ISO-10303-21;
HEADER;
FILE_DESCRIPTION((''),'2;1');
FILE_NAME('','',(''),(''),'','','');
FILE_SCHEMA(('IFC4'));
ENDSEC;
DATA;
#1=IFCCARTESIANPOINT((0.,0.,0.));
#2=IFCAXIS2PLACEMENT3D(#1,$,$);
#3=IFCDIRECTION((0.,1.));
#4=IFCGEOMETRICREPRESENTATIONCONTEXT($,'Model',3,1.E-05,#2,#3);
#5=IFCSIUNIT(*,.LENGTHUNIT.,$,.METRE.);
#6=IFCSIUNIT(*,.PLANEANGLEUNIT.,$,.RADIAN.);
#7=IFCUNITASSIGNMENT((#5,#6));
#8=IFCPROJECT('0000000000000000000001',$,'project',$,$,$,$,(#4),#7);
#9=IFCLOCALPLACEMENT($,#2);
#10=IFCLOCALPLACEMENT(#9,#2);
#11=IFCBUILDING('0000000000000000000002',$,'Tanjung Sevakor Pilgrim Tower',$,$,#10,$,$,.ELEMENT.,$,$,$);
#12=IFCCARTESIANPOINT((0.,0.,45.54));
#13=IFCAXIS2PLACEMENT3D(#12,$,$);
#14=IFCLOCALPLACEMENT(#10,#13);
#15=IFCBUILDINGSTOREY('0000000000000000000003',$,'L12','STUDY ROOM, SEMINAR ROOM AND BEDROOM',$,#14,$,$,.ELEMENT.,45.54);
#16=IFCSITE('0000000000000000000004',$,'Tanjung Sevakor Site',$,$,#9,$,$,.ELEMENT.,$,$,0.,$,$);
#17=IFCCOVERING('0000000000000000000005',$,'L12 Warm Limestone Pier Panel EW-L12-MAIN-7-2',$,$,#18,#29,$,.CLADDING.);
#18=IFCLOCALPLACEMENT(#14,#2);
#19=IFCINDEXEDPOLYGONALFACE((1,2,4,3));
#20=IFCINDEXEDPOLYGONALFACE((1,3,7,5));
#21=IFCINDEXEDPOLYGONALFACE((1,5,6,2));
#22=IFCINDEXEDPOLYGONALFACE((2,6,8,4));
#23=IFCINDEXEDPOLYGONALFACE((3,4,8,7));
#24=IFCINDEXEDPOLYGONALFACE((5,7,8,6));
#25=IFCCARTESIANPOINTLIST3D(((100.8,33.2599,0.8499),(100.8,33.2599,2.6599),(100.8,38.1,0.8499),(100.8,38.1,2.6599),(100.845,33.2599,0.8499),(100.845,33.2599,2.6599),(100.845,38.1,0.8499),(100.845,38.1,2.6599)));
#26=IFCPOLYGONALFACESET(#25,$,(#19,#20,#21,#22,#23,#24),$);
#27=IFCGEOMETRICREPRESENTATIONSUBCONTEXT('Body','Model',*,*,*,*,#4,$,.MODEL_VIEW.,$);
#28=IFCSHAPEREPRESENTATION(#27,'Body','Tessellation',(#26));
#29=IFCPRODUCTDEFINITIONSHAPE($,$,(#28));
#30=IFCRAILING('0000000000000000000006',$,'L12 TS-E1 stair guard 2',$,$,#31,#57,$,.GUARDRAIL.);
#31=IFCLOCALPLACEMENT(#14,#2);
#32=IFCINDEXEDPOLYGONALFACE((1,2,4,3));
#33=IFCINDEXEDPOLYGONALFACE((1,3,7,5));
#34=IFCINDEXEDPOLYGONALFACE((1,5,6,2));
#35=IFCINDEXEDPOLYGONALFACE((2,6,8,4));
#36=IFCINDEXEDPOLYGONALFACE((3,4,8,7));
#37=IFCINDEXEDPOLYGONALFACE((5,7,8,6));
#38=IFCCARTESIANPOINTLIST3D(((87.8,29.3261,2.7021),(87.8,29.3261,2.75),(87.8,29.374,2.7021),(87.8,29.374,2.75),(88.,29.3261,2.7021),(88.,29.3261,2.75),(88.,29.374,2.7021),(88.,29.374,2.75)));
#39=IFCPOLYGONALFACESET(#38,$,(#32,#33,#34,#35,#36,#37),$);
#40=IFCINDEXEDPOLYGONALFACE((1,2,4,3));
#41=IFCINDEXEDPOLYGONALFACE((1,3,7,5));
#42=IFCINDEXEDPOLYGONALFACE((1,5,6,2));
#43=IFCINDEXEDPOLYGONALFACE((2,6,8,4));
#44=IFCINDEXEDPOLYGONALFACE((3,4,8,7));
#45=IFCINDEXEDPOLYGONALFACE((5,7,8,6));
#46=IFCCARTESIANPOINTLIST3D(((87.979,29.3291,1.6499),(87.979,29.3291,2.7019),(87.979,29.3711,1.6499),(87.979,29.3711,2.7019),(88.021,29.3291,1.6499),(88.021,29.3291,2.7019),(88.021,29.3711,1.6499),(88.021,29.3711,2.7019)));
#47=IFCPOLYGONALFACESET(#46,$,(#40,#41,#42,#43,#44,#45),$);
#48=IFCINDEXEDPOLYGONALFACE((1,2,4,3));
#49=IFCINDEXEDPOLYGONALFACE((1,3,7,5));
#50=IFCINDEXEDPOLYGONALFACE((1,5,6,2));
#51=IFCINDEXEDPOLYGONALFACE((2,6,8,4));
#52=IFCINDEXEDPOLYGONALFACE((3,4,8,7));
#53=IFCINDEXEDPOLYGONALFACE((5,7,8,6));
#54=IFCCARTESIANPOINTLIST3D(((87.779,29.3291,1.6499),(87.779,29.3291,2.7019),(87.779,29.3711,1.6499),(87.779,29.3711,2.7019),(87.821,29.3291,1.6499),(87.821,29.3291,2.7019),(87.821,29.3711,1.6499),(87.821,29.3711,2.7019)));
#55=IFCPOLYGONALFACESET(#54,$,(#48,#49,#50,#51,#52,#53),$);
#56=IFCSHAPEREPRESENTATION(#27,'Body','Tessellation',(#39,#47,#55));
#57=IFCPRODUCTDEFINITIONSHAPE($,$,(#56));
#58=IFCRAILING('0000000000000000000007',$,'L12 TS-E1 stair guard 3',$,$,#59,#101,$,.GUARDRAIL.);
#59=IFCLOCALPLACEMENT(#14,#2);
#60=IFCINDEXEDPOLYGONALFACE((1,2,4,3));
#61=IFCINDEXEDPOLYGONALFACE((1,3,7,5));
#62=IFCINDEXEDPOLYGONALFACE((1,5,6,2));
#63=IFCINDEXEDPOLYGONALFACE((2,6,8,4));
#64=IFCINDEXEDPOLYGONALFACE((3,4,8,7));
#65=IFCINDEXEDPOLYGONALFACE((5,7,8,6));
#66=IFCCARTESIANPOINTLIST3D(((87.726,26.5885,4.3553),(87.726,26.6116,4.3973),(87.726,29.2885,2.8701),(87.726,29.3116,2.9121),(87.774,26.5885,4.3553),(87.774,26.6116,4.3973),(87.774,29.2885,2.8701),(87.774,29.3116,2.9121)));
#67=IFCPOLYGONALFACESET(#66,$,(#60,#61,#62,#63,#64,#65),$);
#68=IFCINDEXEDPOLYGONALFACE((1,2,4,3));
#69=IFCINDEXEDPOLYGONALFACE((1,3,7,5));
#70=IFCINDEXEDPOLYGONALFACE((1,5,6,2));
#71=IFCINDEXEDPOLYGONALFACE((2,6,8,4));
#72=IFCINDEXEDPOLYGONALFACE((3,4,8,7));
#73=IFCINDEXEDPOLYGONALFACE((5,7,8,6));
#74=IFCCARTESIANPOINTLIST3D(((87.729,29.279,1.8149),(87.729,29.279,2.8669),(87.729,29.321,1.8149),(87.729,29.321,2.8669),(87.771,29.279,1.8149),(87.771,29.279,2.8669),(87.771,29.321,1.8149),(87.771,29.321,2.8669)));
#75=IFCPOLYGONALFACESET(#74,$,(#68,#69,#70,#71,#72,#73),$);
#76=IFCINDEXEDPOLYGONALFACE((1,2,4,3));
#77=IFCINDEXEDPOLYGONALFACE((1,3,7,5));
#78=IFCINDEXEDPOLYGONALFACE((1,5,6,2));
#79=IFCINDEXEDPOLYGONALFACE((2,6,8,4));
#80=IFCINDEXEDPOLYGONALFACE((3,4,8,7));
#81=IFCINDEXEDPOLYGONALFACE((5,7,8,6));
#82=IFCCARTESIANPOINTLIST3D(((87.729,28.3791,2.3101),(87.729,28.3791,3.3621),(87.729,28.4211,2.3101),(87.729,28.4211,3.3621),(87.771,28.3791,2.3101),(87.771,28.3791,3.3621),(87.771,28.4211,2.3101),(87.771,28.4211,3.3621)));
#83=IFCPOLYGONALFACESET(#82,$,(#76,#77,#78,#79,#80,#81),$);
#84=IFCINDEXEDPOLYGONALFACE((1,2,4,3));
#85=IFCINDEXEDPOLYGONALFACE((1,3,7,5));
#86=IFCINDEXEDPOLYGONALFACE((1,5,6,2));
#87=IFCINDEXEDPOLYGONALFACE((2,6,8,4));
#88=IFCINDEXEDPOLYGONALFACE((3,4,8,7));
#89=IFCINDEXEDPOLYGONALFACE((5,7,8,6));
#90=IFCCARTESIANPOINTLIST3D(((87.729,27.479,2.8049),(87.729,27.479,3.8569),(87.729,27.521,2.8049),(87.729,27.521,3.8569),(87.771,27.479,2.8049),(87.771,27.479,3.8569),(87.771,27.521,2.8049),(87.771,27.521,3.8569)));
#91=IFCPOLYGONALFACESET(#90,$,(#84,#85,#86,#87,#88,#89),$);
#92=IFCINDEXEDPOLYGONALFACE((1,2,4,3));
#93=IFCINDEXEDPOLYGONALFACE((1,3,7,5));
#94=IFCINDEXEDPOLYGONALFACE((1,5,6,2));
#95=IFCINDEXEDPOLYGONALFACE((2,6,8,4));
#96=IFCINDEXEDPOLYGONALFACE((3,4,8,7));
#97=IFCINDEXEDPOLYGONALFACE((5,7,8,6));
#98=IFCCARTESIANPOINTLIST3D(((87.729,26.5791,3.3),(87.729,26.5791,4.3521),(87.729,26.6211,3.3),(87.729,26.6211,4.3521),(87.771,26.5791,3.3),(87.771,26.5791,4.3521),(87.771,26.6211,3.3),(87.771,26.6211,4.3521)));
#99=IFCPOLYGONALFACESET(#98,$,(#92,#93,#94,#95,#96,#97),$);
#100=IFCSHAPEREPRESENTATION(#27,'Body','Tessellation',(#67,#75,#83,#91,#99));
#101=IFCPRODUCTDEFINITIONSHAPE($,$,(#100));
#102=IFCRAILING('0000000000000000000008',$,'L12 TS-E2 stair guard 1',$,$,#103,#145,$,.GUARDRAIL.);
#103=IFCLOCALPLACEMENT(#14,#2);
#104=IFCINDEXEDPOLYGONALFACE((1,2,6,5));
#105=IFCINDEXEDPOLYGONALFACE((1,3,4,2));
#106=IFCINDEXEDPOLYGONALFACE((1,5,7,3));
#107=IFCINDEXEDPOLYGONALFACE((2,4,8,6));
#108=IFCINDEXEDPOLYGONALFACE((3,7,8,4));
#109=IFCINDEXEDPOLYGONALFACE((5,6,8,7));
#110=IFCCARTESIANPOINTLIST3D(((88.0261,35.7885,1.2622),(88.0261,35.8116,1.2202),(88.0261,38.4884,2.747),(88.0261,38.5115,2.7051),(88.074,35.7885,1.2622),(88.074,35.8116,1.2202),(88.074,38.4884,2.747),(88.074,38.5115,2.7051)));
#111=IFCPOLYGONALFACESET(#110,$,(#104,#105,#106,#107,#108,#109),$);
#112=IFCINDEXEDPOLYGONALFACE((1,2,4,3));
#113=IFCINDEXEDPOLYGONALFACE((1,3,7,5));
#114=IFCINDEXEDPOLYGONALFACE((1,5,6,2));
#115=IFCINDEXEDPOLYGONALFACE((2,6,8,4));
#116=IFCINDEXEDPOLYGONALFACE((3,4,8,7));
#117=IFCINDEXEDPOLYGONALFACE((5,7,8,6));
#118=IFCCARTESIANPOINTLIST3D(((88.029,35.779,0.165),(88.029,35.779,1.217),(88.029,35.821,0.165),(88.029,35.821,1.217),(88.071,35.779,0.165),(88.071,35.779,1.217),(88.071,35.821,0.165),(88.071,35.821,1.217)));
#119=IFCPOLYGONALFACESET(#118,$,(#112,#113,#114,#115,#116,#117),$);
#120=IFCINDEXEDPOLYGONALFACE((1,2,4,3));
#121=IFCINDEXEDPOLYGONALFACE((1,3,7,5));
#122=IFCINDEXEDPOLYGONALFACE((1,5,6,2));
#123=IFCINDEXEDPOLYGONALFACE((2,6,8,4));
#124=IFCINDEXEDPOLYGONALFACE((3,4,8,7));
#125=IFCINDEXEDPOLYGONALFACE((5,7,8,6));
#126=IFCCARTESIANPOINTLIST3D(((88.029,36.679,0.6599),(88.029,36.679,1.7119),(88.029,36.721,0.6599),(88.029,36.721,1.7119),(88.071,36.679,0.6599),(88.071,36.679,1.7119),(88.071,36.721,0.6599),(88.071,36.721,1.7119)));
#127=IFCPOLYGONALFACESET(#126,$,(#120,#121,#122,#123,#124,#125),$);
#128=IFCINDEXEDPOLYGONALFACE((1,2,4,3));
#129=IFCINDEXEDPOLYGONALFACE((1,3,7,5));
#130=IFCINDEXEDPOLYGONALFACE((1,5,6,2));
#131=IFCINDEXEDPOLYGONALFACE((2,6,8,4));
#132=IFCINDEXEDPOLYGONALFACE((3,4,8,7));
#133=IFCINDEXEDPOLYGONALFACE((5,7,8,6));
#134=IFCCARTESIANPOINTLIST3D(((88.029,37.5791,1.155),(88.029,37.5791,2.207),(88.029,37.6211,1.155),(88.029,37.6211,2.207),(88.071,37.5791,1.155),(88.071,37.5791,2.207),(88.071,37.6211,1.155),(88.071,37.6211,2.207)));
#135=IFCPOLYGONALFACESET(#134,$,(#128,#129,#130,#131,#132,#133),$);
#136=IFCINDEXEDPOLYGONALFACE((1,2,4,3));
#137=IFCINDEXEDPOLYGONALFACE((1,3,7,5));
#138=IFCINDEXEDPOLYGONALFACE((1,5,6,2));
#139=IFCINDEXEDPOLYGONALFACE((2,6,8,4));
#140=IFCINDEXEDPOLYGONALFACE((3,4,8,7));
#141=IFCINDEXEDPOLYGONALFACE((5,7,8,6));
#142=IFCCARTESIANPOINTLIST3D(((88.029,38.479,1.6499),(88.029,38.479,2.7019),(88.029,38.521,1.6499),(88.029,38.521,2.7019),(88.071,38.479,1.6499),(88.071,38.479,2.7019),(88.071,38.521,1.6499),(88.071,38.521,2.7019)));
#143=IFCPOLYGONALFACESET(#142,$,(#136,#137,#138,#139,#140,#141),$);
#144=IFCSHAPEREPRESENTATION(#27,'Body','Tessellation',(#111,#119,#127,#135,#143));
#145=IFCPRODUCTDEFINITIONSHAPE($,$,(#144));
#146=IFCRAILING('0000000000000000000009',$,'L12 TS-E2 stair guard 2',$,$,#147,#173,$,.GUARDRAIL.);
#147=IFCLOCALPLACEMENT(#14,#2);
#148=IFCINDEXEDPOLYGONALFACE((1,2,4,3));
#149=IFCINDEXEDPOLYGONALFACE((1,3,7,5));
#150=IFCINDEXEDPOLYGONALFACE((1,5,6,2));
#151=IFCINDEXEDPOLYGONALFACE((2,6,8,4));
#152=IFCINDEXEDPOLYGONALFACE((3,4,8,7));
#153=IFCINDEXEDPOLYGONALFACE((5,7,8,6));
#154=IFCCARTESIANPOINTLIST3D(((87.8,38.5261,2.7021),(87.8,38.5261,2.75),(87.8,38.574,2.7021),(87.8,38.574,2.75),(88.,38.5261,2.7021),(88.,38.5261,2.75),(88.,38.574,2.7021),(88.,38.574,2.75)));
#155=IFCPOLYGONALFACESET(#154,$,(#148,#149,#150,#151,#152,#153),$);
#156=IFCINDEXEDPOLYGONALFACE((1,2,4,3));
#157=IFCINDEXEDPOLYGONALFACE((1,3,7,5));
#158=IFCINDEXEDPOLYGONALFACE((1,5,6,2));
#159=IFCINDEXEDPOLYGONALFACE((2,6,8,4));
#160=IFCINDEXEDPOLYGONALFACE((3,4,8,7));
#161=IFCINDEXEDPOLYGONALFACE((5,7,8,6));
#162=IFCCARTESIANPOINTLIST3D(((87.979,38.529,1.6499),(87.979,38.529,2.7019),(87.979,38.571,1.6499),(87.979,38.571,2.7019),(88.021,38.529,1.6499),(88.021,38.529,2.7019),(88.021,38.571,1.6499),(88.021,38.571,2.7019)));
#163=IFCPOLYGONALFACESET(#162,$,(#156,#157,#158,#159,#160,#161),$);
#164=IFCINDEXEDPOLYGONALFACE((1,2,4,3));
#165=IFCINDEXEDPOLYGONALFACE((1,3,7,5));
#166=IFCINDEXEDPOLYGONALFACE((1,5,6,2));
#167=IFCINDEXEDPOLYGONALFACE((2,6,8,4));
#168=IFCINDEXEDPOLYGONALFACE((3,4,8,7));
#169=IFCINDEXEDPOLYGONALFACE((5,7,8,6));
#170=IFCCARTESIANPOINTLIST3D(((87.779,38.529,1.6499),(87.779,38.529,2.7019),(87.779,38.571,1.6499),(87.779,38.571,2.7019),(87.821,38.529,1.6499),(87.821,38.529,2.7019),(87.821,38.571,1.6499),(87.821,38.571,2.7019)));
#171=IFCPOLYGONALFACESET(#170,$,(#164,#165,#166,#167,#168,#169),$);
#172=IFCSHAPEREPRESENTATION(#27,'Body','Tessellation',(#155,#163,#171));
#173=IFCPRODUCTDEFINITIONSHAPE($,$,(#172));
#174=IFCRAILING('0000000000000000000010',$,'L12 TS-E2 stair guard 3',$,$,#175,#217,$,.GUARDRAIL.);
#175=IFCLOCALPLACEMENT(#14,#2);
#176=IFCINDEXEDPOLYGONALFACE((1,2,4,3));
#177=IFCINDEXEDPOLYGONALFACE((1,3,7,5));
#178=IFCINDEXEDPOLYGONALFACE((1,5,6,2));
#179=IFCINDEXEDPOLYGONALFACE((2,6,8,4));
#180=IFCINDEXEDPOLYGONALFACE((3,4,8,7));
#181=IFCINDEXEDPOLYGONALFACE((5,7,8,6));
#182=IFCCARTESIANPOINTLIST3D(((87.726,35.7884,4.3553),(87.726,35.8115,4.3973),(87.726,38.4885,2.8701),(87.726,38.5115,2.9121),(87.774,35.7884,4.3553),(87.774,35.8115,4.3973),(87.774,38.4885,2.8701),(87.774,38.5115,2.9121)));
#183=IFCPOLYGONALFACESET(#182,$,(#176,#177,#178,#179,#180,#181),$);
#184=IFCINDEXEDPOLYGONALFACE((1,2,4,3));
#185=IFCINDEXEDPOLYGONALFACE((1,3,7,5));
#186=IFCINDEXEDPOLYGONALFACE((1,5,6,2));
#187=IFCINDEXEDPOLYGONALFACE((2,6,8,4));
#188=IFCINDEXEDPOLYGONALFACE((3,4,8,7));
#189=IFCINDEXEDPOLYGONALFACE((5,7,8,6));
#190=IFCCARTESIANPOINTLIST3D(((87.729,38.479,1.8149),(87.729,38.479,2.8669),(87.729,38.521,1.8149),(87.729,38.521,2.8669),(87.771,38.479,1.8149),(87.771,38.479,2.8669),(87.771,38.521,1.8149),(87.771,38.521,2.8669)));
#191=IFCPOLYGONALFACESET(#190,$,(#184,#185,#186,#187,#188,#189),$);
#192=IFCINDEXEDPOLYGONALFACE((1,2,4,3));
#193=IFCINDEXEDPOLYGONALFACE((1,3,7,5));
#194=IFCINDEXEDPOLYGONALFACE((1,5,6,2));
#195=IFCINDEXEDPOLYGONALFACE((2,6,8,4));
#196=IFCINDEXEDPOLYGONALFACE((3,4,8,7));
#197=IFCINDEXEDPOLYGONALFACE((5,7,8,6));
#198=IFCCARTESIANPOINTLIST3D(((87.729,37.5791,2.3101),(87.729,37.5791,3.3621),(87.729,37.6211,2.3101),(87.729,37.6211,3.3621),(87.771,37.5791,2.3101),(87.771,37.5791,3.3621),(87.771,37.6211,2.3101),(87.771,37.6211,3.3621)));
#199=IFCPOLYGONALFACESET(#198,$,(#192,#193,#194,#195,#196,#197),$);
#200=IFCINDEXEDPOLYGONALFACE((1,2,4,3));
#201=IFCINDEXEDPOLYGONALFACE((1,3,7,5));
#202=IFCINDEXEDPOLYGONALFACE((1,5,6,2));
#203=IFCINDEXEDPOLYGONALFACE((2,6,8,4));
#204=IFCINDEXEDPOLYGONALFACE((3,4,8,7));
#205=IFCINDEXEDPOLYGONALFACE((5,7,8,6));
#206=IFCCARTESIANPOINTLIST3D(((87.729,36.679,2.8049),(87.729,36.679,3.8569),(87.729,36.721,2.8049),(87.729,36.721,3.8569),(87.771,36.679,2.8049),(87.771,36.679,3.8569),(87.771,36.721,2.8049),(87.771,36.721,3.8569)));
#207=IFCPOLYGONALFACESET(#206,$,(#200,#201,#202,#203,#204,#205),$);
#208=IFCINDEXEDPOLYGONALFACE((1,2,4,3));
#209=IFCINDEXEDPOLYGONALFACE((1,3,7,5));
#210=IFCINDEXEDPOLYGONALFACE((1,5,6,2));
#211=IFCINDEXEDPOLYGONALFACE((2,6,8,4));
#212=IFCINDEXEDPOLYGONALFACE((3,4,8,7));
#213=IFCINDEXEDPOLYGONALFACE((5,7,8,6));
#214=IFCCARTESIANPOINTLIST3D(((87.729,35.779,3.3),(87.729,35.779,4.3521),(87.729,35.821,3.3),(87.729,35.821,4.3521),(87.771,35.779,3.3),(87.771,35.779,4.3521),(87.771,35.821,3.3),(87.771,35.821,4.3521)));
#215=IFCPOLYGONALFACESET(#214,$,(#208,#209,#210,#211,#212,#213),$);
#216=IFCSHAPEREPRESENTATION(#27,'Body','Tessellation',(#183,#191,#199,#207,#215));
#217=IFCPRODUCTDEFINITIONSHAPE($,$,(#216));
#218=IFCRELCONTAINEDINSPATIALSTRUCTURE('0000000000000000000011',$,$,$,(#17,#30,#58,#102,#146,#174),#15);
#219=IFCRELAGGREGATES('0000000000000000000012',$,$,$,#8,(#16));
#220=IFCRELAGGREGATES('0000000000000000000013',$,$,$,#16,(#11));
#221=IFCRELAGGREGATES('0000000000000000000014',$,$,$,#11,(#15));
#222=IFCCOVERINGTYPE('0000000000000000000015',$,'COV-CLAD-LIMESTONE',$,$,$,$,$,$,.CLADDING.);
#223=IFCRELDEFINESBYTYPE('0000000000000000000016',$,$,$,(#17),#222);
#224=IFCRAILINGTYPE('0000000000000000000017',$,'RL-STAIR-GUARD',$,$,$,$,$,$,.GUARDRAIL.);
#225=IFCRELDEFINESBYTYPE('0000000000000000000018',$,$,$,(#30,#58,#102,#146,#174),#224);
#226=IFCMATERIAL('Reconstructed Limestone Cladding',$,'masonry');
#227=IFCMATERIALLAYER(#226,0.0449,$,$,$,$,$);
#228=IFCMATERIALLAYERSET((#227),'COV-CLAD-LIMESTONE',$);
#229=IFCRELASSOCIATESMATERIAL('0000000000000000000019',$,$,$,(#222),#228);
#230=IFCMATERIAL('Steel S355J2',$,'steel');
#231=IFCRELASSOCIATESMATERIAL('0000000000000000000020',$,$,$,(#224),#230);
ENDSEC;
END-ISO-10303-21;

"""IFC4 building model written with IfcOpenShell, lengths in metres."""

from ifc_helpers import new_model, si_unit, direction, frame, origin, origin_2d, place, context, subcontext, project, spatial, rectangle, extrude, material, layer, layer_set, type_object, element, save


model = new_model("IFC4")

# Units and contexts
model_context = context("Model", 3, precision=1e-05, world=origin(), true_north=direction((0.0, 1.0)))
body_context = subcontext(model_context, "Body", "Model", "MODEL_VIEW")
ifc_project = project(units=[si_unit("LENGTHUNIT", "METRE"), si_unit("PLANEANGLEUNIT", "RADIAN")], contexts=[model_context])

# Site, building, storey
site_placement = place(None, origin())
site = spatial("IfcSite", under=ifc_project, at=site_placement, Name="Tanjung Sevakor Site", CompositionType="ELEMENT", RefElevation=0.0)
building_placement = place(site_placement, origin())
building = spatial("IfcBuilding", under=site, at=building_placement, Name="Tanjung Sevakor Pilgrim Tower", CompositionType="ELEMENT")
storey_placement = place(building_placement, frame((0.0, 0.0, 45.54)))
storey = spatial("IfcBuildingStorey", under=building, at=storey_placement, Name="L12", Description="STUDY ROOM, SEMINAR ROOM AND BEDROOM", CompositionType="ELEMENT", Elevation=45.54)

# Covering
ifc_material_1 = material(Name="Reconstructed Limestone Cladding", Category="masonry")
ifc_layer_1 = layer(ifc_material_1, 0.0449)
ifc_layer_set_1 = layer_set([ifc_layer_1], Name="COV-CLAD-LIMESTONE")
covering_type = type_object("IfcCoveringType", Name="COV-CLAD-LIMESTONE", PredefinedType="CLADDING", material=ifc_layer_set_1)
covering_1_placement = place(storey_placement, frame((100.8225, 35.6799, 0.8499), z_axis=(0.0, 0.0, 1.0), x_axis=(0.0, 1.0, 0.0)))
element("IfcCovering", 1, at=covering_1_placement, inside=storey, type_object=covering_type, Name="L12 Warm Limestone Pier Panel EW-L12-MAIN-7-2", PredefinedType="CLADDING", context=body_context, shape_type="SweptSolid", body=[
    extrude(rectangle(XDim=4.8401, YDim=0.0449, at=origin_2d()), origin(), (0.0, 0.0, 1.0), 1.8101),
])

# Railings
ifc_material_2 = material(Name="Steel S355J2", Category="steel")
railing_type_1 = type_object("IfcRailingType", Name="RL-STAIR-GUARD", PredefinedType="GUARDRAIL", material=ifc_material_2)
railing_1_placement = place(storey_placement, frame((88.0, 29.3501, 1.6499)))
element("IfcRailing", 2, at=railing_1_placement, inside=storey, type_object=railing_type_1, Name="L12 TS-E1 stair guard 2", PredefinedType="GUARDRAIL", context=body_context, shape_type="SweptSolid", body=[
    extrude(rectangle(XDim=0.0479, YDim=0.0479), frame((0.0, 0.0, 1.0762), z_axis=(-1.0, 0.0, 0.0), x_axis=(0.0, -1.0, 0.0)), (0.0, 0.0, 1.0), 0.2),
    extrude(rectangle(XDim=0.042, YDim=0.042), origin(), (0.0, 0.0, 1.0), 1.052),
    extrude(rectangle(XDim=0.042, YDim=0.042), frame((-0.2, 0.0, 0.0)), (0.0, 0.0, 1.0), 1.052),
])
railing_2_placement = place(storey_placement, frame((87.75, 29.3, 1.8149)))
element("IfcRailing", 3, at=railing_2_placement, inside=storey, type_object=railing_type_1, Name="L12 TS-E1 stair guard 3", PredefinedType="GUARDRAIL", context=body_context, shape_type="SweptSolid", body=[
    extrude(rectangle(XDim=0.0479, YDim=0.0479), frame((0.0, 0.0, 1.0762), z_axis=(0.0, -0.876198, 0.481952), x_axis=(1.0, 0.0, 0.0)), (0.0, 0.0, 1.0), 3.0815),
    extrude(rectangle(XDim=0.042, YDim=0.042), origin(), (0.0, 0.0, 1.0), 1.052),
    extrude(rectangle(XDim=0.042, YDim=0.042), frame((0.0, -0.8999, 0.4951)), (0.0, 0.0, 1.0), 1.052),
    extrude(rectangle(XDim=0.042, YDim=0.042), frame((0.0, -1.8, 0.99)), (0.0, 0.0, 1.0), 1.052),
    extrude(rectangle(XDim=0.042, YDim=0.042), frame((0.0, -2.7, 1.4851)), (0.0, 0.0, 1.0), 1.052),
])
railing_3_placement = place(storey_placement, frame((88.05, 35.8, 0.165)))
element("IfcRailing", 4, at=railing_3_placement, inside=storey, type_object=railing_type_1, Name="L12 TS-E2 stair guard 1", PredefinedType="GUARDRAIL", context=body_context, shape_type="SweptSolid", body=[
    extrude(rectangle(XDim=0.0479, YDim=0.0479), frame((0.0, 0.0, 1.0762), z_axis=(0.0, 0.876231, 0.481891), x_axis=(-1.0, 0.0, 0.0)), (0.0, 0.0, 1.0), 3.0813),
    extrude(rectangle(XDim=0.042, YDim=0.042), origin(), (0.0, 0.0, 1.0), 1.052),
    extrude(rectangle(XDim=0.042, YDim=0.042), frame((0.0, 0.8999, 0.4949)), (0.0, 0.0, 1.0), 1.052),
    extrude(rectangle(XDim=0.042, YDim=0.042), frame((0.0, 1.8, 0.99)), (0.0, 0.0, 1.0), 1.052),
    extrude(rectangle(XDim=0.042, YDim=0.042), frame((0.0, 2.7, 1.4849)), (0.0, 0.0, 1.0), 1.052),
])
railing_4_placement = place(storey_placement, frame((88.0, 38.55, 1.6499)))
element("IfcRailing", 5, at=railing_4_placement, inside=storey, type_object=railing_type_1, Name="L12 TS-E2 stair guard 2", PredefinedType="GUARDRAIL", context=body_context, shape_type="SweptSolid", body=[
    extrude(rectangle(XDim=0.0479, YDim=0.0479), frame((0.0, 0.0, 1.0762), z_axis=(-1.0, 0.0, 0.0), x_axis=(0.0, -1.0, 0.0)), (0.0, 0.0, 1.0), 0.2),
    extrude(rectangle(XDim=0.042, YDim=0.042), origin(), (0.0, 0.0, 1.0), 1.052),
    extrude(rectangle(XDim=0.042, YDim=0.042), frame((-0.2, 0.0, 0.0)), (0.0, 0.0, 1.0), 1.052),
])
railing_5_placement = place(storey_placement, frame((87.75, 38.5, 1.8149)))
element("IfcRailing", 6, at=railing_5_placement, inside=storey, type_object=railing_type_1, Name="L12 TS-E2 stair guard 3", PredefinedType="GUARDRAIL", context=body_context, shape_type="SweptSolid", body=[
    extrude(rectangle(XDim=0.0479, YDim=0.0479), frame((0.0, 0.0, 1.0762), z_axis=(0.0, -0.876198, 0.481952), x_axis=(1.0, 0.0, 0.0)), (0.0, 0.0, 1.0), 3.0815),
    extrude(rectangle(XDim=0.042, YDim=0.042), origin(), (0.0, 0.0, 1.0), 1.052),
    extrude(rectangle(XDim=0.042, YDim=0.042), frame((0.0, -0.8999, 0.4951)), (0.0, 0.0, 1.0), 1.052),
    extrude(rectangle(XDim=0.042, YDim=0.042), frame((0.0, -1.8, 0.99)), (0.0, 0.0, 1.0), 1.052),
    extrude(rectangle(XDim=0.042, YDim=0.042), frame((0.0, -2.7, 1.4851)), (0.0, 0.0, 1.0), 1.052),
])

save(model, "model.ifc")
